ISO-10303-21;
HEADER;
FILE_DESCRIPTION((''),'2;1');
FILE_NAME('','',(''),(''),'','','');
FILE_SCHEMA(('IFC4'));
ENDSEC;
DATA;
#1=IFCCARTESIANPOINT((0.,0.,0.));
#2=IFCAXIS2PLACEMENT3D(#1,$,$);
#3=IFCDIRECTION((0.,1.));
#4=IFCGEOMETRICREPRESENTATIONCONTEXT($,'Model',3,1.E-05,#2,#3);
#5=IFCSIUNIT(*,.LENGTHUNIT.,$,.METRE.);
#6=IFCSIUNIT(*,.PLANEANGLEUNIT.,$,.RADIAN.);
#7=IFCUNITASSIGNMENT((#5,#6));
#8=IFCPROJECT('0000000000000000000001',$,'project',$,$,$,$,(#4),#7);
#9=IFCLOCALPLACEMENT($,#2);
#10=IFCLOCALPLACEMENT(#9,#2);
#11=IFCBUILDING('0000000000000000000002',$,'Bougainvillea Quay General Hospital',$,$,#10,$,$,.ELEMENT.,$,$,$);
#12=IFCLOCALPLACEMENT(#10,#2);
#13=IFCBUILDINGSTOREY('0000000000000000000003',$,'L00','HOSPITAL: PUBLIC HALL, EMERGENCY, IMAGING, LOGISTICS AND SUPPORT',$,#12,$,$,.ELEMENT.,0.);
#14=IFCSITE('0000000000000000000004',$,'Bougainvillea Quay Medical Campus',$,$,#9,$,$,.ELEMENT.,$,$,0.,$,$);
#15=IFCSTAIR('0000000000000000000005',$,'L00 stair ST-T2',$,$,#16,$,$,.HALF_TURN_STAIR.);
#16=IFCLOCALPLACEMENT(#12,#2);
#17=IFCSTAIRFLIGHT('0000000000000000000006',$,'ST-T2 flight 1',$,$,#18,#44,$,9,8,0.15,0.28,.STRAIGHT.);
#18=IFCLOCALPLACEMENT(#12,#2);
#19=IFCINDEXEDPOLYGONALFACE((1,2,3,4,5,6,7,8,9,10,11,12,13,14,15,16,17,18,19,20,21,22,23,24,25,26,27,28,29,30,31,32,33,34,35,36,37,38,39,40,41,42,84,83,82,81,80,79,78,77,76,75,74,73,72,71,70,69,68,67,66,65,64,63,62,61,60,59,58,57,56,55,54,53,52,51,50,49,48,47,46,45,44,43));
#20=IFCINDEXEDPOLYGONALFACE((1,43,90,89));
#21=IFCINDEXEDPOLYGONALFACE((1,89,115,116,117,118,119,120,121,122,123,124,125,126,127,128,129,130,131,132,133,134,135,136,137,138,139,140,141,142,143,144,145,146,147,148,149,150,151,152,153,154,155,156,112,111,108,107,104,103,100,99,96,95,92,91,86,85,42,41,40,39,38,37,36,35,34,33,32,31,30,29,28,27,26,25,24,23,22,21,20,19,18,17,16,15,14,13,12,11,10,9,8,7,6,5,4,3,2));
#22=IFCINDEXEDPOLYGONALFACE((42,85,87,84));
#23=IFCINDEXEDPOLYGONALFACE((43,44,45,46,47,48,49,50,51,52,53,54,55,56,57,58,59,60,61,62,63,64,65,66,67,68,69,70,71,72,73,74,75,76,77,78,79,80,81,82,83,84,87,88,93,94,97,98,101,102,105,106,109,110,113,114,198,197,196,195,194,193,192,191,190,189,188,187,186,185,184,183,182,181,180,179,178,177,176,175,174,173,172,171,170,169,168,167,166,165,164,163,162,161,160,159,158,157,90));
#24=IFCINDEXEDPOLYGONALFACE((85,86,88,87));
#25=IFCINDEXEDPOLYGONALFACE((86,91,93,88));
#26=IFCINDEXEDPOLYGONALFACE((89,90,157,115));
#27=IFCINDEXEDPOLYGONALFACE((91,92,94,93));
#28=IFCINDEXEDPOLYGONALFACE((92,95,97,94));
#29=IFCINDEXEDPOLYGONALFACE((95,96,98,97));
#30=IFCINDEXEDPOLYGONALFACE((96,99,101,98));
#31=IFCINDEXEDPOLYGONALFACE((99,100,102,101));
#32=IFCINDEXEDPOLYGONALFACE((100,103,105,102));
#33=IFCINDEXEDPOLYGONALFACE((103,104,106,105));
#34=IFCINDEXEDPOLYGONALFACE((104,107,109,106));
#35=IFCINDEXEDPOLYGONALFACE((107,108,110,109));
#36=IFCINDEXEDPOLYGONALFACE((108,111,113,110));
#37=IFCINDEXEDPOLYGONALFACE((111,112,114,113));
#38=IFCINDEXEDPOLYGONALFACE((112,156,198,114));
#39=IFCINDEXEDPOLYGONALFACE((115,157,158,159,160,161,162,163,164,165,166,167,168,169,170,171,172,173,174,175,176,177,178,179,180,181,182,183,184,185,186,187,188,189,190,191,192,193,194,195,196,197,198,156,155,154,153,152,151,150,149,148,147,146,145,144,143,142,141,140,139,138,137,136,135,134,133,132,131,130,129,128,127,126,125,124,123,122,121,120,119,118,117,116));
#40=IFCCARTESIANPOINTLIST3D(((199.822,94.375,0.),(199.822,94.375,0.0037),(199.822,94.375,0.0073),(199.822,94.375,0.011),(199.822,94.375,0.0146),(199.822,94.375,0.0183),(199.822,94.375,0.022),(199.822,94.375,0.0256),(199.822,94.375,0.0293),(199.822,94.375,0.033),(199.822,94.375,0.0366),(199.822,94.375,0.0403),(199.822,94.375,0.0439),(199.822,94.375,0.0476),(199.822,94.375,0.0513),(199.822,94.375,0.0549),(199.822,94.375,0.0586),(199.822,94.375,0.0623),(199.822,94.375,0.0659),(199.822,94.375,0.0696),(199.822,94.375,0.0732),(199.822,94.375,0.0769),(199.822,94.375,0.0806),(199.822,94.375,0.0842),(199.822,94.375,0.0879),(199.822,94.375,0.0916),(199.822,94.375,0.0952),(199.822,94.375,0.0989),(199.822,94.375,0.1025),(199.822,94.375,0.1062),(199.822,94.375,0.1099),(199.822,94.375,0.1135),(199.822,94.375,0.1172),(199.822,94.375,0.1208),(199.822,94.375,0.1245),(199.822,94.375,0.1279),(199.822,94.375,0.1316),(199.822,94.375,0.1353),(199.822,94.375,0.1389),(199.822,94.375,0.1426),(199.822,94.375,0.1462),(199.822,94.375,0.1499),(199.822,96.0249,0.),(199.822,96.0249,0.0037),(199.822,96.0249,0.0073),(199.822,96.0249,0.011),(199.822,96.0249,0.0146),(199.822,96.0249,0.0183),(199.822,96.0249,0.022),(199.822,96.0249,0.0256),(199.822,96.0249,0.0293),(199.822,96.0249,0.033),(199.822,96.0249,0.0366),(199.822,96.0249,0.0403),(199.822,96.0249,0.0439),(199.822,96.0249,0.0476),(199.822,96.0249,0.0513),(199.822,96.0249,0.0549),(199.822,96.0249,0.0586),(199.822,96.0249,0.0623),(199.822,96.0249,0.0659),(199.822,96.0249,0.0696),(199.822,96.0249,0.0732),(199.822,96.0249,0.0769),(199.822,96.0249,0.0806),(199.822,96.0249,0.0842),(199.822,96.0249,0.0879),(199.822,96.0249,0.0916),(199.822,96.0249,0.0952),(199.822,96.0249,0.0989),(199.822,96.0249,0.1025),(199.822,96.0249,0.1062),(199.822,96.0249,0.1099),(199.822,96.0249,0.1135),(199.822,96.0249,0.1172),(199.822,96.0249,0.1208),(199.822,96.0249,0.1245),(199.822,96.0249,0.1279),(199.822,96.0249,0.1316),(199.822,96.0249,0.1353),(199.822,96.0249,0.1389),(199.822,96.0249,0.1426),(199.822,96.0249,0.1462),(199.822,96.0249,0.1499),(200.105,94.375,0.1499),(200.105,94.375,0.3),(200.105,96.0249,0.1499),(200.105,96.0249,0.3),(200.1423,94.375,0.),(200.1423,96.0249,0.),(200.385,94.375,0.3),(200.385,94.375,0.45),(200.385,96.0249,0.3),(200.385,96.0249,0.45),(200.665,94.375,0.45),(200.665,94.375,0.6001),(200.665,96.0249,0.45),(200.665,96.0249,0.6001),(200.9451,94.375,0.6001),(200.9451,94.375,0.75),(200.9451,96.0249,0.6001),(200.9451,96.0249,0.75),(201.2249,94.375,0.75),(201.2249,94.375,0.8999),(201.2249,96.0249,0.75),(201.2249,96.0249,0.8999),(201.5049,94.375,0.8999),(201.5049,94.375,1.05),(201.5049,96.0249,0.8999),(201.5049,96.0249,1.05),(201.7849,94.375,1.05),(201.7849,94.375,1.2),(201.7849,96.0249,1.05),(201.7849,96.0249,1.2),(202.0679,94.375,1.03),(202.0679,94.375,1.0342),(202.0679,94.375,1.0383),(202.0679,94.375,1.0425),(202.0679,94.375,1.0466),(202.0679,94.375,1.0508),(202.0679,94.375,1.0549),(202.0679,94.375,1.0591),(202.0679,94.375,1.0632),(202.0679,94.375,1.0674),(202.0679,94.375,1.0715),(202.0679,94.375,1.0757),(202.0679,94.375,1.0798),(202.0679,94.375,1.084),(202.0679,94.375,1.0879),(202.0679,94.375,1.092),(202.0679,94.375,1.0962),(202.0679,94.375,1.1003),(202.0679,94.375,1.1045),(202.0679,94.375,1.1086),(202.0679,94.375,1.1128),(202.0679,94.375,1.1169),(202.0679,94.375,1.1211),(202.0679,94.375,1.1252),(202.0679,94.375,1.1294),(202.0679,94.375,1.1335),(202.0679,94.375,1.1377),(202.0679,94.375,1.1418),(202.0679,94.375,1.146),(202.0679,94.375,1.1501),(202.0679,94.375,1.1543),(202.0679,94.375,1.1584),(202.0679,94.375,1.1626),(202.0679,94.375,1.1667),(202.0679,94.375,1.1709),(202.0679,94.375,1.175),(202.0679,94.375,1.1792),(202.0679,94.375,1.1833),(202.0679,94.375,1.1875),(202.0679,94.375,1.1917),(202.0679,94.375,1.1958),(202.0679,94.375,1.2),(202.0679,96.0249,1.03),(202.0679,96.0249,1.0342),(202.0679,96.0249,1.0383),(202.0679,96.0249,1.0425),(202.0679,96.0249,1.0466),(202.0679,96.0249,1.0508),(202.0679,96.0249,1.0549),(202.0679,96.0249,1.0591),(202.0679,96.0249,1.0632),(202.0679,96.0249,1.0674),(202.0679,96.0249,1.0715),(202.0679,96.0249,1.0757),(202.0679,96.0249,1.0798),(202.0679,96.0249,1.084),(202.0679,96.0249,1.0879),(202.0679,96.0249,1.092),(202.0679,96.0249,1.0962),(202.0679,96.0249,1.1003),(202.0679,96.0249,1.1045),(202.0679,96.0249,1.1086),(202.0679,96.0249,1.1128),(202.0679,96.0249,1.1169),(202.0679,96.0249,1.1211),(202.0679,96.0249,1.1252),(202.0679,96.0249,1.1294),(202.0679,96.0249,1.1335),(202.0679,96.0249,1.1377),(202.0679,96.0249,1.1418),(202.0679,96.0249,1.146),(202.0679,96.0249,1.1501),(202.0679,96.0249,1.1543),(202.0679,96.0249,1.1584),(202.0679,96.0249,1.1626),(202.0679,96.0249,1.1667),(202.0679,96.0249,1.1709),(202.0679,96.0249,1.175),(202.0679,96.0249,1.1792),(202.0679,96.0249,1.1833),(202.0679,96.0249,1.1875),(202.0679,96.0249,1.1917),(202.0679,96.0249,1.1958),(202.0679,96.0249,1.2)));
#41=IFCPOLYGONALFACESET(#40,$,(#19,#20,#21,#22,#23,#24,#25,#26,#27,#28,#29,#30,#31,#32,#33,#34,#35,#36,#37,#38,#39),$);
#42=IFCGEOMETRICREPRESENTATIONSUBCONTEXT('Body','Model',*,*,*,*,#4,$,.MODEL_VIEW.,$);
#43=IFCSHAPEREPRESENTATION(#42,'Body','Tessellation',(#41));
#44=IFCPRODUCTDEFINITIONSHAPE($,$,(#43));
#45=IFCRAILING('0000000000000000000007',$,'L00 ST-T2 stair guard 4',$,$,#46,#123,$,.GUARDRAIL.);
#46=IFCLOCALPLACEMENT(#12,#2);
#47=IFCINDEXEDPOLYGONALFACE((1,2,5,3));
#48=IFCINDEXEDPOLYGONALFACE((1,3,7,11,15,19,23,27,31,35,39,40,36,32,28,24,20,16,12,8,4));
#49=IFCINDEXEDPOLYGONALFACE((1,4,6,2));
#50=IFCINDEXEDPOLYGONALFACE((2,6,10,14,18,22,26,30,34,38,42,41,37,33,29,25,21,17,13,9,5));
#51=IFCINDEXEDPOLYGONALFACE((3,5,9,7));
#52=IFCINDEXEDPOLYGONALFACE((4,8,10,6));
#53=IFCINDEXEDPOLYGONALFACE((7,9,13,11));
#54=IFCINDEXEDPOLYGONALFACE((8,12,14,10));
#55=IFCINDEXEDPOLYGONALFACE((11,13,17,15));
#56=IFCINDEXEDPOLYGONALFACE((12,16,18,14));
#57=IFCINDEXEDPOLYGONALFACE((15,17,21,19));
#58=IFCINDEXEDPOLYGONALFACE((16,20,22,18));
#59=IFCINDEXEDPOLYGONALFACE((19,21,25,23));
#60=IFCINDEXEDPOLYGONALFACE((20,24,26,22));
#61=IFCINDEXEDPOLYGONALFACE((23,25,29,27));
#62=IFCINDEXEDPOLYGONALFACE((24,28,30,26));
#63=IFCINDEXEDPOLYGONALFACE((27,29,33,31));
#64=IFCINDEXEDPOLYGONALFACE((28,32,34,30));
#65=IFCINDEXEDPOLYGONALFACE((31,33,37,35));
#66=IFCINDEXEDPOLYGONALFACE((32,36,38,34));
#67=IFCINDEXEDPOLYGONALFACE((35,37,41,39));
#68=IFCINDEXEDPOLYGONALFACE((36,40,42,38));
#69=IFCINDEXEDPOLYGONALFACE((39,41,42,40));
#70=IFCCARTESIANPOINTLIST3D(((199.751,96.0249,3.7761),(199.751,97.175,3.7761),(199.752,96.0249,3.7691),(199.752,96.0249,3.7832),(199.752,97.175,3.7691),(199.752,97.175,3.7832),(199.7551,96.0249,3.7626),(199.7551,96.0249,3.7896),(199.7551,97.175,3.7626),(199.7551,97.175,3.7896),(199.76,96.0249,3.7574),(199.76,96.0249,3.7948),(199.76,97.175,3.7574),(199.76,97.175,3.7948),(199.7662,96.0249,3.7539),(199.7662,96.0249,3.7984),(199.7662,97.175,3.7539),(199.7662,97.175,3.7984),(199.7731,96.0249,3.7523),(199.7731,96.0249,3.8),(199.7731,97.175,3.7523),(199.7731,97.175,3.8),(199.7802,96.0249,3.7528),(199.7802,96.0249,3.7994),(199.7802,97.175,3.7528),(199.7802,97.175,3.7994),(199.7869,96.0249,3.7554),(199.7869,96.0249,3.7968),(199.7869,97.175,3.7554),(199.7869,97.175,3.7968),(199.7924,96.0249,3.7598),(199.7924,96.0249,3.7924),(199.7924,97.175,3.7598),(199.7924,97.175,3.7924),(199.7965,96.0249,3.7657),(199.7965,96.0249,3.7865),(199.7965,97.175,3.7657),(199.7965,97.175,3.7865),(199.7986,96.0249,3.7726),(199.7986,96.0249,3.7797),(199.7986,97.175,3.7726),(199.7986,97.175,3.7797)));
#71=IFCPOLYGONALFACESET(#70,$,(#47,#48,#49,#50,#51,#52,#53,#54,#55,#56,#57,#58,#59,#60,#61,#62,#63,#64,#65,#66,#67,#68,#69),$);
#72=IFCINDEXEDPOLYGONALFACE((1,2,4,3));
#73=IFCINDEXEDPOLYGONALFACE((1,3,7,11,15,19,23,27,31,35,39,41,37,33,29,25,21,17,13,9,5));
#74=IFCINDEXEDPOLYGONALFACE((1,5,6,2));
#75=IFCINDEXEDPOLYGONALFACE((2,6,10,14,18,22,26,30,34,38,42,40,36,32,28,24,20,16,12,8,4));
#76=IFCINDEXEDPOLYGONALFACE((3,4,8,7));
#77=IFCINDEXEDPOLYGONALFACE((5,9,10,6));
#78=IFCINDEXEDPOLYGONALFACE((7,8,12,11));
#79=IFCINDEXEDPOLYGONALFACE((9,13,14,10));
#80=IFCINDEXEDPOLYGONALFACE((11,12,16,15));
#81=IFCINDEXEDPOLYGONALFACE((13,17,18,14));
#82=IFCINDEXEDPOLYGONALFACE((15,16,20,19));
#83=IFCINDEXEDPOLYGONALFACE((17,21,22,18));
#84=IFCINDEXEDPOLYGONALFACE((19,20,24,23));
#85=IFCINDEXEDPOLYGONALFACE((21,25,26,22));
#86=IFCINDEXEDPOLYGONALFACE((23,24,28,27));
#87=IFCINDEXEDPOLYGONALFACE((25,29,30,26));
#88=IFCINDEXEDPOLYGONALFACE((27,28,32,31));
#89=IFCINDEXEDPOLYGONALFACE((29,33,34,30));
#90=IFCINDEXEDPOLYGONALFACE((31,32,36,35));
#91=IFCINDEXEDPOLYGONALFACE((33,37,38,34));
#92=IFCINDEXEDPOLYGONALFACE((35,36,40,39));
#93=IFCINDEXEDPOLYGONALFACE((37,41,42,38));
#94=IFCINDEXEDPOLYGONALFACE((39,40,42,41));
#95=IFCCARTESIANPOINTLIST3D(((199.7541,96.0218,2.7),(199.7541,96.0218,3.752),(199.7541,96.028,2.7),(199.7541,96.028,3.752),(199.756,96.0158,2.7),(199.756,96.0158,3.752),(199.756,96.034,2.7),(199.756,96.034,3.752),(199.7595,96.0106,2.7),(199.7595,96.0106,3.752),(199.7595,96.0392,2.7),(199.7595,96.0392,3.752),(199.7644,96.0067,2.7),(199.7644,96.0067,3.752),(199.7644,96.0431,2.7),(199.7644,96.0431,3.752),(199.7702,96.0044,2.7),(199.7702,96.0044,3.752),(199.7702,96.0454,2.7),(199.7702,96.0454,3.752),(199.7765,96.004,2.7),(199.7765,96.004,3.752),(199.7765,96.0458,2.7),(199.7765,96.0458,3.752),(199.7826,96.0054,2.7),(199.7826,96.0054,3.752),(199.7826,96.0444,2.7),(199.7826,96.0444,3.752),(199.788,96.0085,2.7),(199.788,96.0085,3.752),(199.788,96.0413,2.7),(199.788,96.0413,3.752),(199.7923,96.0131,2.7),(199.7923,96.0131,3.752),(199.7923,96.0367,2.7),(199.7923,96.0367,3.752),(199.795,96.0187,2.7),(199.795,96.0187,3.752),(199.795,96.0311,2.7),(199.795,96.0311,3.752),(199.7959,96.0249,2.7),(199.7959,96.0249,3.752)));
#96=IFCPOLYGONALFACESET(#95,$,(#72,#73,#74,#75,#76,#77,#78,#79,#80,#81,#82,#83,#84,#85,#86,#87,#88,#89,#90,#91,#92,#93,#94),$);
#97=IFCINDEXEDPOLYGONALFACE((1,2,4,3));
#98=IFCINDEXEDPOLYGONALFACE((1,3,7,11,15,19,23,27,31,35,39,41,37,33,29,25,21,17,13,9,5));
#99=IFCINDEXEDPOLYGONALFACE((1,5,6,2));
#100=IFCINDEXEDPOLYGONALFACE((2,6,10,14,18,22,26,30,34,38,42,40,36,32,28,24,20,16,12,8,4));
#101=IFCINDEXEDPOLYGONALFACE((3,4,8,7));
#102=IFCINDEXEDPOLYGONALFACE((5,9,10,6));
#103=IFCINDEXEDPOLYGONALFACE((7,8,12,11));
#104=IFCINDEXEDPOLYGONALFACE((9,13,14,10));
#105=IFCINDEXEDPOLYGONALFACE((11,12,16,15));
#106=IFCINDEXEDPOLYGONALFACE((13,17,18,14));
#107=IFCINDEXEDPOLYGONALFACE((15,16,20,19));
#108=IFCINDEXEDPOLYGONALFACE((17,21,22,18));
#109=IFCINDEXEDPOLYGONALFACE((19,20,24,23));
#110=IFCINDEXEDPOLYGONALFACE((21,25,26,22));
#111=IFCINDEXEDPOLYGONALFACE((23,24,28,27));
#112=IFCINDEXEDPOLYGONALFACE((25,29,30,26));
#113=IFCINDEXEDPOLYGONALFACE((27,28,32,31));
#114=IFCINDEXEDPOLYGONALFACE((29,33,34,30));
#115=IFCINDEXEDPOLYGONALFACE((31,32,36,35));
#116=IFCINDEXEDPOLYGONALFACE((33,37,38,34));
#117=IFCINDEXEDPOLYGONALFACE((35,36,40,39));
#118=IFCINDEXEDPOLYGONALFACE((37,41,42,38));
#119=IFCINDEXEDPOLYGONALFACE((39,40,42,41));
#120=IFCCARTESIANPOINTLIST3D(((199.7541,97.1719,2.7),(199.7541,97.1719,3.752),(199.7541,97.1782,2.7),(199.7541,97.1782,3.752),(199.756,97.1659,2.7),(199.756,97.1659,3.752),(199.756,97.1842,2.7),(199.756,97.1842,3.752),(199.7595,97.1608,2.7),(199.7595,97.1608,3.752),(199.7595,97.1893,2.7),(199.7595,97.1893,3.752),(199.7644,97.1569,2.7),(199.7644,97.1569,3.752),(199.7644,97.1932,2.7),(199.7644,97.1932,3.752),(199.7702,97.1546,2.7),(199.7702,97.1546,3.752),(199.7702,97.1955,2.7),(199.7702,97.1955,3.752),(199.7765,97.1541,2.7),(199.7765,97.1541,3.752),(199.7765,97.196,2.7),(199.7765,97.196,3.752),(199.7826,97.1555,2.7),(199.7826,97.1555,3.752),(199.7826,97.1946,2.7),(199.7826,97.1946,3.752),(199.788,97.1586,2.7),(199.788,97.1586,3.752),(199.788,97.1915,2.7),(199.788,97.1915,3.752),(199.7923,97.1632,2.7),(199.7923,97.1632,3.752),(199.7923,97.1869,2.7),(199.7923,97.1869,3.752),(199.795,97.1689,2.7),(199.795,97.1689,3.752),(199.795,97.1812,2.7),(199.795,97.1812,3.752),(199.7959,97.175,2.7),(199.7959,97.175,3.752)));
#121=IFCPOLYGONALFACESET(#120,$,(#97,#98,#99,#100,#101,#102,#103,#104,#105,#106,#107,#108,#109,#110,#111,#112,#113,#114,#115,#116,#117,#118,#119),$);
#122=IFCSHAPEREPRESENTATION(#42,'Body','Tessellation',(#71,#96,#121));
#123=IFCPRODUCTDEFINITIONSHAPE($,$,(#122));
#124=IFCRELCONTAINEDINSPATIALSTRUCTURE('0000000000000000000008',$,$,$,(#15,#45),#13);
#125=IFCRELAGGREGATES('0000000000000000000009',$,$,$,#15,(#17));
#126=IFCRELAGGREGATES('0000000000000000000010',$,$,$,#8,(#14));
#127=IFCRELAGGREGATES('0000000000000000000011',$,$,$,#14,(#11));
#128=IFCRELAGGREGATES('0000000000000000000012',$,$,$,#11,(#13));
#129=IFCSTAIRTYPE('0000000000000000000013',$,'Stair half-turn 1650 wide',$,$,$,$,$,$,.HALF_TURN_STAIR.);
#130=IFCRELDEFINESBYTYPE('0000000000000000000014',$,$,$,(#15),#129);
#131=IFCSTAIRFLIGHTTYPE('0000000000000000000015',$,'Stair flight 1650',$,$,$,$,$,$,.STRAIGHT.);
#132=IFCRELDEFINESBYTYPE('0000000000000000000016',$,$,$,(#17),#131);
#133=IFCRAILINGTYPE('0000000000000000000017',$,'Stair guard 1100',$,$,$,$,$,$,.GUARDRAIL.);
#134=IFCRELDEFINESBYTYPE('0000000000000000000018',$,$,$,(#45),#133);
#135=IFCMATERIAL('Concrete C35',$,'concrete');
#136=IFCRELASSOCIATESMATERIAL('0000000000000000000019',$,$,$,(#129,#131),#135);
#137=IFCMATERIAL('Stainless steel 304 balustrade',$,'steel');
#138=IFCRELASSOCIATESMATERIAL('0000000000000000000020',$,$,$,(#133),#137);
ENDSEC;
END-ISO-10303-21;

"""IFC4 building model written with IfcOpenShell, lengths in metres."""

from ifc_helpers import new_model, si_unit, direction, frame, origin, origin_2d, place, context, subcontext, project, spatial, polyline, circle, outline, extrude, material, type_object, element, aggregate, save


model = new_model("IFC4")

# Units and contexts
model_context = context("Model", 3, precision=1e-05, world=origin(), true_north=direction((0.0, 1.0)))
body_context = subcontext(model_context, "Body", "Model", "MODEL_VIEW")
ifc_project = project(units=[si_unit("LENGTHUNIT", "METRE"), si_unit("PLANEANGLEUNIT", "RADIAN")], contexts=[model_context])

# Site, building, storey
site_placement = place(None, origin())
site = spatial("IfcSite", under=ifc_project, at=site_placement, Name="Bougainvillea Quay Medical Campus", CompositionType="ELEMENT", RefElevation=0.0)
building_placement = place(site_placement, origin())
building = spatial("IfcBuilding", under=site, at=building_placement, Name="Bougainvillea Quay General Hospital", CompositionType="ELEMENT")
storey_placement = place(building_placement, origin())
storey = spatial("IfcBuildingStorey", under=building, at=storey_placement, Name="L00", Description="HOSPITAL: PUBLIC HALL, EMERGENCY, IMAGING, LOGISTICS AND SUPPORT", CompositionType="ELEMENT", Elevation=0.0)

# Stair, stair flight
ifc_material_1 = material(Name="Concrete C35", Category="concrete")
stair_type = type_object("IfcStairType", Name="Stair half-turn 1650 wide", PredefinedType="HALF_TURN_STAIR", material=ifc_material_1)
stair_placement = place(storey_placement, origin())
stair = element("IfcStair", 1, at=stair_placement, inside=storey, type_object=stair_type, Name="L00 stair ST-T2", PredefinedType="HALF_TURN_STAIR")
stair_flight_type = type_object("IfcStairFlightType", Name="Stair flight 1650", PredefinedType="STRAIGHT", material=ifc_material_1)
stair_flight_placement = place(storey_placement, frame((199.825, 95.2, 0.0), z_axis=(0.0, 0.0, 1.0), x_axis=(1.0, 0.0, 0.0)))
stair_flight = element("IfcStairFlight", 2, at=stair_flight_placement, type_object=stair_flight_type, Name="ST-T2 flight 1", NumberOfRisers=9, NumberOfTreads=8, PredefinedType="STRAIGHT", RiserHeight=0.15, TreadLength=0.28, context=body_context, shape_type="SweptSolid", body=[
    extrude(outline(polyline([(-0.0029, 0.0), (-0.0029, 0.0037), (-0.0029, 0.0073), (-0.0029, 0.011), (-0.0029, 0.0146), (-0.0029, 0.0183), (-0.0029, 0.022), (-0.0029, 0.0256), (-0.0029, 0.0293), (-0.0029, 0.033), (-0.0029, 0.0366), (-0.0029, 0.0403), (-0.0029, 0.0439), (-0.0029, 0.0476), (-0.0029, 0.0513), (-0.0029, 0.0549), (-0.0029, 0.0586), (-0.0029, 0.0623), (-0.0029, 0.0659), (-0.0029, 0.0696), (-0.0029, 0.0732), (-0.0029, 0.0769), (-0.0029, 0.0806), (-0.0029, 0.0842), (-0.0029, 0.0879), (-0.0029, 0.0916), (-0.0029, 0.0952), (-0.0029, 0.0989), (-0.0029, 0.1025), (-0.0029, 0.1062), (-0.0029, 0.1099), (-0.0029, 0.1135), (-0.0029, 0.1172), (-0.0029, 0.1208), (-0.0029, 0.1245), (-0.0029, 0.1279), (-0.0029, 0.1316), (-0.0029, 0.1353), (-0.0029, 0.1389), (-0.0029, 0.1426), (-0.0029, 0.1462), (-0.0029, 0.1499), (0.28, 0.1499), (0.28, 0.3), (0.5601, 0.3), (0.5601, 0.45), (0.8401, 0.45), (0.8401, 0.6001), (1.1201, 0.6001), (1.1201, 0.75), (1.3999, 0.75), (1.3999, 0.8999), (1.6799, 0.8999), (1.6799, 1.05), (1.96, 1.05), (1.96, 1.2), (2.2429, 1.2), (2.2429, 1.1958), (2.2429, 1.1917), (2.2429, 1.1875), (2.2429, 1.1833), (2.2429, 1.1792), (2.2429, 1.175), (2.2429, 1.1709), (2.2429, 1.1667), (2.2429, 1.1626), (2.2429, 1.1584), (2.2429, 1.1543), (2.2429, 1.1501), (2.2429, 1.146), (2.2429, 1.1418), (2.2429, 1.1377), (2.2429, 1.1335), (2.2429, 1.1294), (2.2429, 1.1252), (2.2429, 1.1211), (2.2429, 1.1169), (2.2429, 1.1128), (2.2429, 1.1086), (2.2429, 1.1045), (2.2429, 1.1003), (2.2429, 1.0962), (2.2429, 1.092), (2.2429, 1.0879), (2.2429, 1.084), (2.2429, 1.0798), (2.2429, 1.0757), (2.2429, 1.0715), (2.2429, 1.0674), (2.2429, 1.0632), (2.2429, 1.0591), (2.2429, 1.0549), (2.2429, 1.0508), (2.2429, 1.0466), (2.2429, 1.0425), (2.2429, 1.0383), (2.2429, 1.0342), (2.2429, 1.03), (0.3174, 0.0), (-0.0029, 0.0)])), frame((0.0, 0.825, 0.0), z_axis=(0.0, -1.0, 0.0), x_axis=(1.0, 0.0, 0.0)), (0.0, 0.0, 1.0), 1.6499),
])
aggregate(stair, [stair_flight])

# Railing
ifc_material_2 = material(Name="Stainless steel 304 balustrade", Category="steel")
railing_type_1 = type_object("IfcRailingType", Name="Stair guard 1100", PredefinedType="GUARDRAIL", material=ifc_material_2)
for number, where, name in (
    (3, (199.7749, 96.0249, 2.7), "L00 ST-T2 stair guard 4"),
):
    element("IfcRailing", number, at=place(storey_placement, frame(where)), inside=storey, type_object=railing_type_1, Name=name, PredefinedType="GUARDRAIL", context=body_context, shape_type="SweptSolid", body=[
        extrude(circle(Radius=0.0239, at=origin_2d()), frame((0.0, 0.0, 1.0762), z_axis=(0.0, 1.0, 0.0), x_axis=(-1.0, 0.0, 0.0)), (0.0, 0.0, 1.0), 1.1501),
        extrude(circle(Radius=0.021, at=origin_2d()), origin(), (0.0, 0.0, 1.0), 1.052),
        extrude(circle(Radius=0.021, at=origin_2d()), frame((0.0, 1.1501, 0.0)), (0.0, 0.0, 1.0), 1.052),
    ])

save(model, "model.ifc")
